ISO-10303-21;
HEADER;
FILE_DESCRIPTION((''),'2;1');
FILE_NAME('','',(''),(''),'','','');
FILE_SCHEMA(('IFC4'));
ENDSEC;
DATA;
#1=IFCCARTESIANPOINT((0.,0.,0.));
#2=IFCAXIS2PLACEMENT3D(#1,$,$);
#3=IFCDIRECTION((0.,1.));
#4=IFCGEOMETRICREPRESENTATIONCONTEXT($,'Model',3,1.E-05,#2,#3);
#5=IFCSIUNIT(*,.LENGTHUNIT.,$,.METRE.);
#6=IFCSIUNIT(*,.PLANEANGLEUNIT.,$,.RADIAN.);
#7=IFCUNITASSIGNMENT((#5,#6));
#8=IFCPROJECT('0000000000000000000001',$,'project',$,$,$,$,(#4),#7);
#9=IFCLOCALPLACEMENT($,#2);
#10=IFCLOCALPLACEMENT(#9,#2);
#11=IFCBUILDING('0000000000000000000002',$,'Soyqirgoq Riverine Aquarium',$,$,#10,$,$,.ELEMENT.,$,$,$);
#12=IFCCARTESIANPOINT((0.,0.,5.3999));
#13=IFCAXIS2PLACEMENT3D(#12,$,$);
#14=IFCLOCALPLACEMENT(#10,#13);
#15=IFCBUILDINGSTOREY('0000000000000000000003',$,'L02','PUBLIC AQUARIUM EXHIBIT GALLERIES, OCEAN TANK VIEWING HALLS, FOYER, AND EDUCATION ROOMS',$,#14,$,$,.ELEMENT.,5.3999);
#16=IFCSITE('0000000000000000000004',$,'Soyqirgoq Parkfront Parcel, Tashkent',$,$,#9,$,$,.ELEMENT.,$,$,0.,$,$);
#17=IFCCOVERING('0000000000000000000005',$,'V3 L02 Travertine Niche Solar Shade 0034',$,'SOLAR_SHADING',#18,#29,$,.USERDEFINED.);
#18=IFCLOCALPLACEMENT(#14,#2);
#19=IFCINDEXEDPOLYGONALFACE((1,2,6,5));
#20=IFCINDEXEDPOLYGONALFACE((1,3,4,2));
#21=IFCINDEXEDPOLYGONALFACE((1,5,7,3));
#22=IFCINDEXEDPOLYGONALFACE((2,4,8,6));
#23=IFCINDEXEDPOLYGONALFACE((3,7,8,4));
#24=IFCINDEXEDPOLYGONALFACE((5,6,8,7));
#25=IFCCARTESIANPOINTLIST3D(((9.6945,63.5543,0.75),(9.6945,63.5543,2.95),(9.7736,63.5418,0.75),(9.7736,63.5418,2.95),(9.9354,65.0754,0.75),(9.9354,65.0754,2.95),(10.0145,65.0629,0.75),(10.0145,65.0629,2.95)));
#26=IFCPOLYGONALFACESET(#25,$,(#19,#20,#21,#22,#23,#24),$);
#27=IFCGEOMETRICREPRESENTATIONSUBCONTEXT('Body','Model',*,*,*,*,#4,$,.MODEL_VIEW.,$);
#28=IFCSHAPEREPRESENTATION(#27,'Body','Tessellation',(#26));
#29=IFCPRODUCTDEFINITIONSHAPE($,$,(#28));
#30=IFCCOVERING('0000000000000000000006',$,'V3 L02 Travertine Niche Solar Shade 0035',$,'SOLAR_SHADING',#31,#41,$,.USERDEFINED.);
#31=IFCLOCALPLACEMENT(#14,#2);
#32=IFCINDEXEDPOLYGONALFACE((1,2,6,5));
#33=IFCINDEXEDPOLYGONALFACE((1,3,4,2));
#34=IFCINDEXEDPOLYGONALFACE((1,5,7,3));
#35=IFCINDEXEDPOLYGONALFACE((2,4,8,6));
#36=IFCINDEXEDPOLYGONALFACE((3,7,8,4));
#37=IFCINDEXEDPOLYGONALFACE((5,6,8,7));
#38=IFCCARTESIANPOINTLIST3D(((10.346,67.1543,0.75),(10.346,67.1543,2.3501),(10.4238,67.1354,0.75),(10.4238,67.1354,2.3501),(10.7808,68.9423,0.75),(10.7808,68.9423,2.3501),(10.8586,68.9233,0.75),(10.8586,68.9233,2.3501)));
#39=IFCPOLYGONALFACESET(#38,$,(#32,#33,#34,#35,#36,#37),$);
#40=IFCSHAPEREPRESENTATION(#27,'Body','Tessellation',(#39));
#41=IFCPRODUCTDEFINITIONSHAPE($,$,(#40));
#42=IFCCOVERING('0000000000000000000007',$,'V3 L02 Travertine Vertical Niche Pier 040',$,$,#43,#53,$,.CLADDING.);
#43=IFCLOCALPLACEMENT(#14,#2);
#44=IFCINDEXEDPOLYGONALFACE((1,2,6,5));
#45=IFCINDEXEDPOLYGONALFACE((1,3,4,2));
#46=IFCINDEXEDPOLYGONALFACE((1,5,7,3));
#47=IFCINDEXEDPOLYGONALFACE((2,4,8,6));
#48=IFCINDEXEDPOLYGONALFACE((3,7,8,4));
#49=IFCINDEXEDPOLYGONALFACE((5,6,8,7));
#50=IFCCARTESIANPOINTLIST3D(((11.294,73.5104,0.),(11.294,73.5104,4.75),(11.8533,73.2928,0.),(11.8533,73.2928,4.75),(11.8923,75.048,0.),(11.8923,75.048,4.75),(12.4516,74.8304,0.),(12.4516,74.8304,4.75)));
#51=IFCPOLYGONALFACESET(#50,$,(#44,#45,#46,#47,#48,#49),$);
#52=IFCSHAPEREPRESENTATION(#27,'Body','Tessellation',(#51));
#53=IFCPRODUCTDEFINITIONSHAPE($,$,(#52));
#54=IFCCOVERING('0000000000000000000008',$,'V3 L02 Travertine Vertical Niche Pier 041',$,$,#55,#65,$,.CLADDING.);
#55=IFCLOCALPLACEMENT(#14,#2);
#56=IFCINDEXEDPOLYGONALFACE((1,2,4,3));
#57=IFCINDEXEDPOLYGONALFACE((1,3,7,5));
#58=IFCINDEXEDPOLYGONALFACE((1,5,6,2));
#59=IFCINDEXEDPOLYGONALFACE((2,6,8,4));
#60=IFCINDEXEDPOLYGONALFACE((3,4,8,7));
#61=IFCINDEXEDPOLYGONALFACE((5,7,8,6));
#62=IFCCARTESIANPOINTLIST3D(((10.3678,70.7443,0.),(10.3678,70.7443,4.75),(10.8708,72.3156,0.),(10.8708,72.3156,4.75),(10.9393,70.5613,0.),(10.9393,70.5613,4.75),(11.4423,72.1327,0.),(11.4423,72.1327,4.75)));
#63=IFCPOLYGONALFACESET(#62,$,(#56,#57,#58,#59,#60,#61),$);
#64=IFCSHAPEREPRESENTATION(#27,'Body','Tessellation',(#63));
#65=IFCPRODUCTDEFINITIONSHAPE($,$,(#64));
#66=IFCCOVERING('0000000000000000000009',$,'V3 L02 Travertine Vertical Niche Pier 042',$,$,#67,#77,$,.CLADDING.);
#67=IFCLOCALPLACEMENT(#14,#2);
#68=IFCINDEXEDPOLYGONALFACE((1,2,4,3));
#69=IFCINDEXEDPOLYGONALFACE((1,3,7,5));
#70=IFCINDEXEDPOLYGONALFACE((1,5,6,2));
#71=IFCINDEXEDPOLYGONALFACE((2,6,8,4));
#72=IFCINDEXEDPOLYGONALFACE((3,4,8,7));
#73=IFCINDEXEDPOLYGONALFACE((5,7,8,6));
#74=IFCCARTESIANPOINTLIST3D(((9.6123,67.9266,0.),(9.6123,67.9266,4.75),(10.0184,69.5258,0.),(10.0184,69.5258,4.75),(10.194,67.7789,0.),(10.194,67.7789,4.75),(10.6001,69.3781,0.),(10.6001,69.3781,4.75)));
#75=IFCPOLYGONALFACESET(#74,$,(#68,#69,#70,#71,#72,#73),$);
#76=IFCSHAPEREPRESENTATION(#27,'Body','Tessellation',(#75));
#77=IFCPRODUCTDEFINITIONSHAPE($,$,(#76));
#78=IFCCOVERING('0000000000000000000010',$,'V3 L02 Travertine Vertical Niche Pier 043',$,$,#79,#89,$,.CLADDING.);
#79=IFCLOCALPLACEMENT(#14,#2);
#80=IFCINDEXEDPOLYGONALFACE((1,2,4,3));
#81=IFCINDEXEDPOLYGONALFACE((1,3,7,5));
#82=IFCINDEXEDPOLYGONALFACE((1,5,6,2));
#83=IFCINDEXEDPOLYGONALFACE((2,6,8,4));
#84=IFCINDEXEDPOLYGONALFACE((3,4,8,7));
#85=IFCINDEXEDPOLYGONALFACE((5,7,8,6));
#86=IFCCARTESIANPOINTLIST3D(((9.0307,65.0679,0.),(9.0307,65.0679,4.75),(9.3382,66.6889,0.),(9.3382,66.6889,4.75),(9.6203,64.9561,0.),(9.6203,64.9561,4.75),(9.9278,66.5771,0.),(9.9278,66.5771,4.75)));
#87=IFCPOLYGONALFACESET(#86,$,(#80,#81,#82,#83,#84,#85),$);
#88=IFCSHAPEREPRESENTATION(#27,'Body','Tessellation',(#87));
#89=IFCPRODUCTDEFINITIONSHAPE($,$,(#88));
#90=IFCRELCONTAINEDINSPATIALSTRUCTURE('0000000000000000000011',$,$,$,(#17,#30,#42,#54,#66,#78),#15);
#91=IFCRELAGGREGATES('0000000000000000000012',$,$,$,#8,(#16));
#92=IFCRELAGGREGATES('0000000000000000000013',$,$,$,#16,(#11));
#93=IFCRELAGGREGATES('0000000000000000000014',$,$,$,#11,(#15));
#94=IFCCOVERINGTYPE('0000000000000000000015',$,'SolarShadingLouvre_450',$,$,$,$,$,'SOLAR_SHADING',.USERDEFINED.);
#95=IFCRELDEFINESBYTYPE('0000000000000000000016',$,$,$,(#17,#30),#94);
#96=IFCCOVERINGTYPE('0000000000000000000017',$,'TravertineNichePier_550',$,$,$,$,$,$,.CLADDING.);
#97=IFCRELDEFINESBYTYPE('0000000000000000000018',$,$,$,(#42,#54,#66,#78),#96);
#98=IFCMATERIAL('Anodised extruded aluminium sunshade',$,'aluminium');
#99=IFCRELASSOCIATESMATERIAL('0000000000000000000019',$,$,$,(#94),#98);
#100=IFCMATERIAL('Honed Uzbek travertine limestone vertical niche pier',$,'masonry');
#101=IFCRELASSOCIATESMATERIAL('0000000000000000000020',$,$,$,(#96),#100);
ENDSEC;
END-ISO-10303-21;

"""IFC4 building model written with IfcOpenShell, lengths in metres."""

from ifc_helpers import new_model, si_unit, direction, frame, origin, origin_2d, place, context, subcontext, project, spatial, rectangle, extrude, material, type_object, element, save


model = new_model("IFC4")

# Units and contexts
model_context = context("Model", 3, precision=1e-05, world=origin(), true_north=direction((0.0, 1.0)))
body_context = subcontext(model_context, "Body", "Model", "MODEL_VIEW")
ifc_project = project(units=[si_unit("LENGTHUNIT", "METRE"), si_unit("PLANEANGLEUNIT", "RADIAN")], contexts=[model_context])

# Site, building, storey
site_placement = place(None, origin())
site = spatial("IfcSite", under=ifc_project, at=site_placement, Name="Soyqirgoq Parkfront Parcel, Tashkent", CompositionType="ELEMENT", RefElevation=0.0)
building_placement = place(site_placement, origin())
building = spatial("IfcBuilding", under=site, at=building_placement, Name="Soyqirgoq Riverine Aquarium", CompositionType="ELEMENT")
storey_placement = place(building_placement, frame((0.0, 0.0, 5.3999)))
storey = spatial("IfcBuildingStorey", under=building, at=storey_placement, Name="L02", Description="PUBLIC AQUARIUM EXHIBIT GALLERIES, OCEAN TANK VIEWING HALLS, FOYER, AND EDUCATION ROOMS", CompositionType="ELEMENT", Elevation=5.3999)

# Coverings
ifc_material_1 = material(Name="Anodised extruded aluminium sunshade", Category="aluminium")
covering_type_1 = type_object("IfcCoveringType", Name="SolarShadingLouvre_450", ElementType="SOLAR_SHADING", PredefinedType="USERDEFINED", material=ifc_material_1)
covering_1_placement = place(storey_placement, frame((9.8545, 64.3086, 0.75), z_axis=(0.0, 0.0, 1.0), x_axis=(0.156434, 0.987688, 0.0)))
element("IfcCovering", 1, at=covering_1_placement, inside=storey, type_object=covering_type_1, Name="V3 L02 Travertine Niche Solar Shade 0034", ObjectType="SOLAR_SHADING", PredefinedType="USERDEFINED", context=body_context, shape_type="SweptSolid", body=[
    extrude(rectangle(XDim=1.54, YDim=0.0801, at=origin_2d()), origin(), (0.0, 0.0, 1.0), 2.2),
])
covering_2_placement = place(storey_placement, frame((10.6023, 68.0388, 0.75), z_axis=(0.0, 0.0, 1.0), x_axis=(0.236329, 0.971673, 0.0)))
element("IfcCovering", 2, at=covering_2_placement, inside=storey, type_object=covering_type_1, Name="V3 L02 Travertine Niche Solar Shade 0035", ObjectType="SOLAR_SHADING", PredefinedType="USERDEFINED", context=body_context, shape_type="SweptSolid", body=[
    extrude(rectangle(XDim=1.8401, YDim=0.0801, at=origin_2d()), origin(), (0.0, 0.0, 1.0), 1.6001),
])
ifc_material_2 = material(Name="Honed Uzbek travertine limestone vertical niche pier", Category="masonry")
covering_type_2 = type_object("IfcCoveringType", Name="TravertineNichePier_550", PredefinedType="CLADDING", material=ifc_material_2)
for number, where, z_axis, x_axis, name in (
    (3, (11.8728, 74.1704, 0.0), (0.0, 0.0, 1.0), (-0.931945, 0.362601, 0.0), "V3 L02 Travertine Vertical Niche Pier 040"),
    (4, (10.905, 71.4385, 0.0), (0.0, 0.0, 1.0), (-0.952396, 0.304864, 0.0), "V3 L02 Travertine Vertical Niche Pier 041"),
    (5, (10.1062, 68.6523, 0.0), (0.0, 0.0, 1.0), (-0.969231, 0.246153, 0.0), "V3 L02 Travertine Vertical Niche Pier 042"),
    (6, (9.4792, 65.8225, 0.0), (0.0, 0.0, 1.0), (-0.982483, 0.186353, 0.0), "V3 L02 Travertine Vertical Niche Pier 043"),
):
    element("IfcCovering", number, at=place(storey_placement, frame(where, z_axis=z_axis, x_axis=x_axis)), inside=storey, type_object=covering_type_2, Name=name, PredefinedType="CLADDING", context=body_context, shape_type="SweptSolid", body=[
        extrude(rectangle(XDim=0.6001, YDim=1.6499, at=origin_2d()), origin(), (0.0, 0.0, 1.0), 4.75),
    ])

save(model, "model.ifc")
